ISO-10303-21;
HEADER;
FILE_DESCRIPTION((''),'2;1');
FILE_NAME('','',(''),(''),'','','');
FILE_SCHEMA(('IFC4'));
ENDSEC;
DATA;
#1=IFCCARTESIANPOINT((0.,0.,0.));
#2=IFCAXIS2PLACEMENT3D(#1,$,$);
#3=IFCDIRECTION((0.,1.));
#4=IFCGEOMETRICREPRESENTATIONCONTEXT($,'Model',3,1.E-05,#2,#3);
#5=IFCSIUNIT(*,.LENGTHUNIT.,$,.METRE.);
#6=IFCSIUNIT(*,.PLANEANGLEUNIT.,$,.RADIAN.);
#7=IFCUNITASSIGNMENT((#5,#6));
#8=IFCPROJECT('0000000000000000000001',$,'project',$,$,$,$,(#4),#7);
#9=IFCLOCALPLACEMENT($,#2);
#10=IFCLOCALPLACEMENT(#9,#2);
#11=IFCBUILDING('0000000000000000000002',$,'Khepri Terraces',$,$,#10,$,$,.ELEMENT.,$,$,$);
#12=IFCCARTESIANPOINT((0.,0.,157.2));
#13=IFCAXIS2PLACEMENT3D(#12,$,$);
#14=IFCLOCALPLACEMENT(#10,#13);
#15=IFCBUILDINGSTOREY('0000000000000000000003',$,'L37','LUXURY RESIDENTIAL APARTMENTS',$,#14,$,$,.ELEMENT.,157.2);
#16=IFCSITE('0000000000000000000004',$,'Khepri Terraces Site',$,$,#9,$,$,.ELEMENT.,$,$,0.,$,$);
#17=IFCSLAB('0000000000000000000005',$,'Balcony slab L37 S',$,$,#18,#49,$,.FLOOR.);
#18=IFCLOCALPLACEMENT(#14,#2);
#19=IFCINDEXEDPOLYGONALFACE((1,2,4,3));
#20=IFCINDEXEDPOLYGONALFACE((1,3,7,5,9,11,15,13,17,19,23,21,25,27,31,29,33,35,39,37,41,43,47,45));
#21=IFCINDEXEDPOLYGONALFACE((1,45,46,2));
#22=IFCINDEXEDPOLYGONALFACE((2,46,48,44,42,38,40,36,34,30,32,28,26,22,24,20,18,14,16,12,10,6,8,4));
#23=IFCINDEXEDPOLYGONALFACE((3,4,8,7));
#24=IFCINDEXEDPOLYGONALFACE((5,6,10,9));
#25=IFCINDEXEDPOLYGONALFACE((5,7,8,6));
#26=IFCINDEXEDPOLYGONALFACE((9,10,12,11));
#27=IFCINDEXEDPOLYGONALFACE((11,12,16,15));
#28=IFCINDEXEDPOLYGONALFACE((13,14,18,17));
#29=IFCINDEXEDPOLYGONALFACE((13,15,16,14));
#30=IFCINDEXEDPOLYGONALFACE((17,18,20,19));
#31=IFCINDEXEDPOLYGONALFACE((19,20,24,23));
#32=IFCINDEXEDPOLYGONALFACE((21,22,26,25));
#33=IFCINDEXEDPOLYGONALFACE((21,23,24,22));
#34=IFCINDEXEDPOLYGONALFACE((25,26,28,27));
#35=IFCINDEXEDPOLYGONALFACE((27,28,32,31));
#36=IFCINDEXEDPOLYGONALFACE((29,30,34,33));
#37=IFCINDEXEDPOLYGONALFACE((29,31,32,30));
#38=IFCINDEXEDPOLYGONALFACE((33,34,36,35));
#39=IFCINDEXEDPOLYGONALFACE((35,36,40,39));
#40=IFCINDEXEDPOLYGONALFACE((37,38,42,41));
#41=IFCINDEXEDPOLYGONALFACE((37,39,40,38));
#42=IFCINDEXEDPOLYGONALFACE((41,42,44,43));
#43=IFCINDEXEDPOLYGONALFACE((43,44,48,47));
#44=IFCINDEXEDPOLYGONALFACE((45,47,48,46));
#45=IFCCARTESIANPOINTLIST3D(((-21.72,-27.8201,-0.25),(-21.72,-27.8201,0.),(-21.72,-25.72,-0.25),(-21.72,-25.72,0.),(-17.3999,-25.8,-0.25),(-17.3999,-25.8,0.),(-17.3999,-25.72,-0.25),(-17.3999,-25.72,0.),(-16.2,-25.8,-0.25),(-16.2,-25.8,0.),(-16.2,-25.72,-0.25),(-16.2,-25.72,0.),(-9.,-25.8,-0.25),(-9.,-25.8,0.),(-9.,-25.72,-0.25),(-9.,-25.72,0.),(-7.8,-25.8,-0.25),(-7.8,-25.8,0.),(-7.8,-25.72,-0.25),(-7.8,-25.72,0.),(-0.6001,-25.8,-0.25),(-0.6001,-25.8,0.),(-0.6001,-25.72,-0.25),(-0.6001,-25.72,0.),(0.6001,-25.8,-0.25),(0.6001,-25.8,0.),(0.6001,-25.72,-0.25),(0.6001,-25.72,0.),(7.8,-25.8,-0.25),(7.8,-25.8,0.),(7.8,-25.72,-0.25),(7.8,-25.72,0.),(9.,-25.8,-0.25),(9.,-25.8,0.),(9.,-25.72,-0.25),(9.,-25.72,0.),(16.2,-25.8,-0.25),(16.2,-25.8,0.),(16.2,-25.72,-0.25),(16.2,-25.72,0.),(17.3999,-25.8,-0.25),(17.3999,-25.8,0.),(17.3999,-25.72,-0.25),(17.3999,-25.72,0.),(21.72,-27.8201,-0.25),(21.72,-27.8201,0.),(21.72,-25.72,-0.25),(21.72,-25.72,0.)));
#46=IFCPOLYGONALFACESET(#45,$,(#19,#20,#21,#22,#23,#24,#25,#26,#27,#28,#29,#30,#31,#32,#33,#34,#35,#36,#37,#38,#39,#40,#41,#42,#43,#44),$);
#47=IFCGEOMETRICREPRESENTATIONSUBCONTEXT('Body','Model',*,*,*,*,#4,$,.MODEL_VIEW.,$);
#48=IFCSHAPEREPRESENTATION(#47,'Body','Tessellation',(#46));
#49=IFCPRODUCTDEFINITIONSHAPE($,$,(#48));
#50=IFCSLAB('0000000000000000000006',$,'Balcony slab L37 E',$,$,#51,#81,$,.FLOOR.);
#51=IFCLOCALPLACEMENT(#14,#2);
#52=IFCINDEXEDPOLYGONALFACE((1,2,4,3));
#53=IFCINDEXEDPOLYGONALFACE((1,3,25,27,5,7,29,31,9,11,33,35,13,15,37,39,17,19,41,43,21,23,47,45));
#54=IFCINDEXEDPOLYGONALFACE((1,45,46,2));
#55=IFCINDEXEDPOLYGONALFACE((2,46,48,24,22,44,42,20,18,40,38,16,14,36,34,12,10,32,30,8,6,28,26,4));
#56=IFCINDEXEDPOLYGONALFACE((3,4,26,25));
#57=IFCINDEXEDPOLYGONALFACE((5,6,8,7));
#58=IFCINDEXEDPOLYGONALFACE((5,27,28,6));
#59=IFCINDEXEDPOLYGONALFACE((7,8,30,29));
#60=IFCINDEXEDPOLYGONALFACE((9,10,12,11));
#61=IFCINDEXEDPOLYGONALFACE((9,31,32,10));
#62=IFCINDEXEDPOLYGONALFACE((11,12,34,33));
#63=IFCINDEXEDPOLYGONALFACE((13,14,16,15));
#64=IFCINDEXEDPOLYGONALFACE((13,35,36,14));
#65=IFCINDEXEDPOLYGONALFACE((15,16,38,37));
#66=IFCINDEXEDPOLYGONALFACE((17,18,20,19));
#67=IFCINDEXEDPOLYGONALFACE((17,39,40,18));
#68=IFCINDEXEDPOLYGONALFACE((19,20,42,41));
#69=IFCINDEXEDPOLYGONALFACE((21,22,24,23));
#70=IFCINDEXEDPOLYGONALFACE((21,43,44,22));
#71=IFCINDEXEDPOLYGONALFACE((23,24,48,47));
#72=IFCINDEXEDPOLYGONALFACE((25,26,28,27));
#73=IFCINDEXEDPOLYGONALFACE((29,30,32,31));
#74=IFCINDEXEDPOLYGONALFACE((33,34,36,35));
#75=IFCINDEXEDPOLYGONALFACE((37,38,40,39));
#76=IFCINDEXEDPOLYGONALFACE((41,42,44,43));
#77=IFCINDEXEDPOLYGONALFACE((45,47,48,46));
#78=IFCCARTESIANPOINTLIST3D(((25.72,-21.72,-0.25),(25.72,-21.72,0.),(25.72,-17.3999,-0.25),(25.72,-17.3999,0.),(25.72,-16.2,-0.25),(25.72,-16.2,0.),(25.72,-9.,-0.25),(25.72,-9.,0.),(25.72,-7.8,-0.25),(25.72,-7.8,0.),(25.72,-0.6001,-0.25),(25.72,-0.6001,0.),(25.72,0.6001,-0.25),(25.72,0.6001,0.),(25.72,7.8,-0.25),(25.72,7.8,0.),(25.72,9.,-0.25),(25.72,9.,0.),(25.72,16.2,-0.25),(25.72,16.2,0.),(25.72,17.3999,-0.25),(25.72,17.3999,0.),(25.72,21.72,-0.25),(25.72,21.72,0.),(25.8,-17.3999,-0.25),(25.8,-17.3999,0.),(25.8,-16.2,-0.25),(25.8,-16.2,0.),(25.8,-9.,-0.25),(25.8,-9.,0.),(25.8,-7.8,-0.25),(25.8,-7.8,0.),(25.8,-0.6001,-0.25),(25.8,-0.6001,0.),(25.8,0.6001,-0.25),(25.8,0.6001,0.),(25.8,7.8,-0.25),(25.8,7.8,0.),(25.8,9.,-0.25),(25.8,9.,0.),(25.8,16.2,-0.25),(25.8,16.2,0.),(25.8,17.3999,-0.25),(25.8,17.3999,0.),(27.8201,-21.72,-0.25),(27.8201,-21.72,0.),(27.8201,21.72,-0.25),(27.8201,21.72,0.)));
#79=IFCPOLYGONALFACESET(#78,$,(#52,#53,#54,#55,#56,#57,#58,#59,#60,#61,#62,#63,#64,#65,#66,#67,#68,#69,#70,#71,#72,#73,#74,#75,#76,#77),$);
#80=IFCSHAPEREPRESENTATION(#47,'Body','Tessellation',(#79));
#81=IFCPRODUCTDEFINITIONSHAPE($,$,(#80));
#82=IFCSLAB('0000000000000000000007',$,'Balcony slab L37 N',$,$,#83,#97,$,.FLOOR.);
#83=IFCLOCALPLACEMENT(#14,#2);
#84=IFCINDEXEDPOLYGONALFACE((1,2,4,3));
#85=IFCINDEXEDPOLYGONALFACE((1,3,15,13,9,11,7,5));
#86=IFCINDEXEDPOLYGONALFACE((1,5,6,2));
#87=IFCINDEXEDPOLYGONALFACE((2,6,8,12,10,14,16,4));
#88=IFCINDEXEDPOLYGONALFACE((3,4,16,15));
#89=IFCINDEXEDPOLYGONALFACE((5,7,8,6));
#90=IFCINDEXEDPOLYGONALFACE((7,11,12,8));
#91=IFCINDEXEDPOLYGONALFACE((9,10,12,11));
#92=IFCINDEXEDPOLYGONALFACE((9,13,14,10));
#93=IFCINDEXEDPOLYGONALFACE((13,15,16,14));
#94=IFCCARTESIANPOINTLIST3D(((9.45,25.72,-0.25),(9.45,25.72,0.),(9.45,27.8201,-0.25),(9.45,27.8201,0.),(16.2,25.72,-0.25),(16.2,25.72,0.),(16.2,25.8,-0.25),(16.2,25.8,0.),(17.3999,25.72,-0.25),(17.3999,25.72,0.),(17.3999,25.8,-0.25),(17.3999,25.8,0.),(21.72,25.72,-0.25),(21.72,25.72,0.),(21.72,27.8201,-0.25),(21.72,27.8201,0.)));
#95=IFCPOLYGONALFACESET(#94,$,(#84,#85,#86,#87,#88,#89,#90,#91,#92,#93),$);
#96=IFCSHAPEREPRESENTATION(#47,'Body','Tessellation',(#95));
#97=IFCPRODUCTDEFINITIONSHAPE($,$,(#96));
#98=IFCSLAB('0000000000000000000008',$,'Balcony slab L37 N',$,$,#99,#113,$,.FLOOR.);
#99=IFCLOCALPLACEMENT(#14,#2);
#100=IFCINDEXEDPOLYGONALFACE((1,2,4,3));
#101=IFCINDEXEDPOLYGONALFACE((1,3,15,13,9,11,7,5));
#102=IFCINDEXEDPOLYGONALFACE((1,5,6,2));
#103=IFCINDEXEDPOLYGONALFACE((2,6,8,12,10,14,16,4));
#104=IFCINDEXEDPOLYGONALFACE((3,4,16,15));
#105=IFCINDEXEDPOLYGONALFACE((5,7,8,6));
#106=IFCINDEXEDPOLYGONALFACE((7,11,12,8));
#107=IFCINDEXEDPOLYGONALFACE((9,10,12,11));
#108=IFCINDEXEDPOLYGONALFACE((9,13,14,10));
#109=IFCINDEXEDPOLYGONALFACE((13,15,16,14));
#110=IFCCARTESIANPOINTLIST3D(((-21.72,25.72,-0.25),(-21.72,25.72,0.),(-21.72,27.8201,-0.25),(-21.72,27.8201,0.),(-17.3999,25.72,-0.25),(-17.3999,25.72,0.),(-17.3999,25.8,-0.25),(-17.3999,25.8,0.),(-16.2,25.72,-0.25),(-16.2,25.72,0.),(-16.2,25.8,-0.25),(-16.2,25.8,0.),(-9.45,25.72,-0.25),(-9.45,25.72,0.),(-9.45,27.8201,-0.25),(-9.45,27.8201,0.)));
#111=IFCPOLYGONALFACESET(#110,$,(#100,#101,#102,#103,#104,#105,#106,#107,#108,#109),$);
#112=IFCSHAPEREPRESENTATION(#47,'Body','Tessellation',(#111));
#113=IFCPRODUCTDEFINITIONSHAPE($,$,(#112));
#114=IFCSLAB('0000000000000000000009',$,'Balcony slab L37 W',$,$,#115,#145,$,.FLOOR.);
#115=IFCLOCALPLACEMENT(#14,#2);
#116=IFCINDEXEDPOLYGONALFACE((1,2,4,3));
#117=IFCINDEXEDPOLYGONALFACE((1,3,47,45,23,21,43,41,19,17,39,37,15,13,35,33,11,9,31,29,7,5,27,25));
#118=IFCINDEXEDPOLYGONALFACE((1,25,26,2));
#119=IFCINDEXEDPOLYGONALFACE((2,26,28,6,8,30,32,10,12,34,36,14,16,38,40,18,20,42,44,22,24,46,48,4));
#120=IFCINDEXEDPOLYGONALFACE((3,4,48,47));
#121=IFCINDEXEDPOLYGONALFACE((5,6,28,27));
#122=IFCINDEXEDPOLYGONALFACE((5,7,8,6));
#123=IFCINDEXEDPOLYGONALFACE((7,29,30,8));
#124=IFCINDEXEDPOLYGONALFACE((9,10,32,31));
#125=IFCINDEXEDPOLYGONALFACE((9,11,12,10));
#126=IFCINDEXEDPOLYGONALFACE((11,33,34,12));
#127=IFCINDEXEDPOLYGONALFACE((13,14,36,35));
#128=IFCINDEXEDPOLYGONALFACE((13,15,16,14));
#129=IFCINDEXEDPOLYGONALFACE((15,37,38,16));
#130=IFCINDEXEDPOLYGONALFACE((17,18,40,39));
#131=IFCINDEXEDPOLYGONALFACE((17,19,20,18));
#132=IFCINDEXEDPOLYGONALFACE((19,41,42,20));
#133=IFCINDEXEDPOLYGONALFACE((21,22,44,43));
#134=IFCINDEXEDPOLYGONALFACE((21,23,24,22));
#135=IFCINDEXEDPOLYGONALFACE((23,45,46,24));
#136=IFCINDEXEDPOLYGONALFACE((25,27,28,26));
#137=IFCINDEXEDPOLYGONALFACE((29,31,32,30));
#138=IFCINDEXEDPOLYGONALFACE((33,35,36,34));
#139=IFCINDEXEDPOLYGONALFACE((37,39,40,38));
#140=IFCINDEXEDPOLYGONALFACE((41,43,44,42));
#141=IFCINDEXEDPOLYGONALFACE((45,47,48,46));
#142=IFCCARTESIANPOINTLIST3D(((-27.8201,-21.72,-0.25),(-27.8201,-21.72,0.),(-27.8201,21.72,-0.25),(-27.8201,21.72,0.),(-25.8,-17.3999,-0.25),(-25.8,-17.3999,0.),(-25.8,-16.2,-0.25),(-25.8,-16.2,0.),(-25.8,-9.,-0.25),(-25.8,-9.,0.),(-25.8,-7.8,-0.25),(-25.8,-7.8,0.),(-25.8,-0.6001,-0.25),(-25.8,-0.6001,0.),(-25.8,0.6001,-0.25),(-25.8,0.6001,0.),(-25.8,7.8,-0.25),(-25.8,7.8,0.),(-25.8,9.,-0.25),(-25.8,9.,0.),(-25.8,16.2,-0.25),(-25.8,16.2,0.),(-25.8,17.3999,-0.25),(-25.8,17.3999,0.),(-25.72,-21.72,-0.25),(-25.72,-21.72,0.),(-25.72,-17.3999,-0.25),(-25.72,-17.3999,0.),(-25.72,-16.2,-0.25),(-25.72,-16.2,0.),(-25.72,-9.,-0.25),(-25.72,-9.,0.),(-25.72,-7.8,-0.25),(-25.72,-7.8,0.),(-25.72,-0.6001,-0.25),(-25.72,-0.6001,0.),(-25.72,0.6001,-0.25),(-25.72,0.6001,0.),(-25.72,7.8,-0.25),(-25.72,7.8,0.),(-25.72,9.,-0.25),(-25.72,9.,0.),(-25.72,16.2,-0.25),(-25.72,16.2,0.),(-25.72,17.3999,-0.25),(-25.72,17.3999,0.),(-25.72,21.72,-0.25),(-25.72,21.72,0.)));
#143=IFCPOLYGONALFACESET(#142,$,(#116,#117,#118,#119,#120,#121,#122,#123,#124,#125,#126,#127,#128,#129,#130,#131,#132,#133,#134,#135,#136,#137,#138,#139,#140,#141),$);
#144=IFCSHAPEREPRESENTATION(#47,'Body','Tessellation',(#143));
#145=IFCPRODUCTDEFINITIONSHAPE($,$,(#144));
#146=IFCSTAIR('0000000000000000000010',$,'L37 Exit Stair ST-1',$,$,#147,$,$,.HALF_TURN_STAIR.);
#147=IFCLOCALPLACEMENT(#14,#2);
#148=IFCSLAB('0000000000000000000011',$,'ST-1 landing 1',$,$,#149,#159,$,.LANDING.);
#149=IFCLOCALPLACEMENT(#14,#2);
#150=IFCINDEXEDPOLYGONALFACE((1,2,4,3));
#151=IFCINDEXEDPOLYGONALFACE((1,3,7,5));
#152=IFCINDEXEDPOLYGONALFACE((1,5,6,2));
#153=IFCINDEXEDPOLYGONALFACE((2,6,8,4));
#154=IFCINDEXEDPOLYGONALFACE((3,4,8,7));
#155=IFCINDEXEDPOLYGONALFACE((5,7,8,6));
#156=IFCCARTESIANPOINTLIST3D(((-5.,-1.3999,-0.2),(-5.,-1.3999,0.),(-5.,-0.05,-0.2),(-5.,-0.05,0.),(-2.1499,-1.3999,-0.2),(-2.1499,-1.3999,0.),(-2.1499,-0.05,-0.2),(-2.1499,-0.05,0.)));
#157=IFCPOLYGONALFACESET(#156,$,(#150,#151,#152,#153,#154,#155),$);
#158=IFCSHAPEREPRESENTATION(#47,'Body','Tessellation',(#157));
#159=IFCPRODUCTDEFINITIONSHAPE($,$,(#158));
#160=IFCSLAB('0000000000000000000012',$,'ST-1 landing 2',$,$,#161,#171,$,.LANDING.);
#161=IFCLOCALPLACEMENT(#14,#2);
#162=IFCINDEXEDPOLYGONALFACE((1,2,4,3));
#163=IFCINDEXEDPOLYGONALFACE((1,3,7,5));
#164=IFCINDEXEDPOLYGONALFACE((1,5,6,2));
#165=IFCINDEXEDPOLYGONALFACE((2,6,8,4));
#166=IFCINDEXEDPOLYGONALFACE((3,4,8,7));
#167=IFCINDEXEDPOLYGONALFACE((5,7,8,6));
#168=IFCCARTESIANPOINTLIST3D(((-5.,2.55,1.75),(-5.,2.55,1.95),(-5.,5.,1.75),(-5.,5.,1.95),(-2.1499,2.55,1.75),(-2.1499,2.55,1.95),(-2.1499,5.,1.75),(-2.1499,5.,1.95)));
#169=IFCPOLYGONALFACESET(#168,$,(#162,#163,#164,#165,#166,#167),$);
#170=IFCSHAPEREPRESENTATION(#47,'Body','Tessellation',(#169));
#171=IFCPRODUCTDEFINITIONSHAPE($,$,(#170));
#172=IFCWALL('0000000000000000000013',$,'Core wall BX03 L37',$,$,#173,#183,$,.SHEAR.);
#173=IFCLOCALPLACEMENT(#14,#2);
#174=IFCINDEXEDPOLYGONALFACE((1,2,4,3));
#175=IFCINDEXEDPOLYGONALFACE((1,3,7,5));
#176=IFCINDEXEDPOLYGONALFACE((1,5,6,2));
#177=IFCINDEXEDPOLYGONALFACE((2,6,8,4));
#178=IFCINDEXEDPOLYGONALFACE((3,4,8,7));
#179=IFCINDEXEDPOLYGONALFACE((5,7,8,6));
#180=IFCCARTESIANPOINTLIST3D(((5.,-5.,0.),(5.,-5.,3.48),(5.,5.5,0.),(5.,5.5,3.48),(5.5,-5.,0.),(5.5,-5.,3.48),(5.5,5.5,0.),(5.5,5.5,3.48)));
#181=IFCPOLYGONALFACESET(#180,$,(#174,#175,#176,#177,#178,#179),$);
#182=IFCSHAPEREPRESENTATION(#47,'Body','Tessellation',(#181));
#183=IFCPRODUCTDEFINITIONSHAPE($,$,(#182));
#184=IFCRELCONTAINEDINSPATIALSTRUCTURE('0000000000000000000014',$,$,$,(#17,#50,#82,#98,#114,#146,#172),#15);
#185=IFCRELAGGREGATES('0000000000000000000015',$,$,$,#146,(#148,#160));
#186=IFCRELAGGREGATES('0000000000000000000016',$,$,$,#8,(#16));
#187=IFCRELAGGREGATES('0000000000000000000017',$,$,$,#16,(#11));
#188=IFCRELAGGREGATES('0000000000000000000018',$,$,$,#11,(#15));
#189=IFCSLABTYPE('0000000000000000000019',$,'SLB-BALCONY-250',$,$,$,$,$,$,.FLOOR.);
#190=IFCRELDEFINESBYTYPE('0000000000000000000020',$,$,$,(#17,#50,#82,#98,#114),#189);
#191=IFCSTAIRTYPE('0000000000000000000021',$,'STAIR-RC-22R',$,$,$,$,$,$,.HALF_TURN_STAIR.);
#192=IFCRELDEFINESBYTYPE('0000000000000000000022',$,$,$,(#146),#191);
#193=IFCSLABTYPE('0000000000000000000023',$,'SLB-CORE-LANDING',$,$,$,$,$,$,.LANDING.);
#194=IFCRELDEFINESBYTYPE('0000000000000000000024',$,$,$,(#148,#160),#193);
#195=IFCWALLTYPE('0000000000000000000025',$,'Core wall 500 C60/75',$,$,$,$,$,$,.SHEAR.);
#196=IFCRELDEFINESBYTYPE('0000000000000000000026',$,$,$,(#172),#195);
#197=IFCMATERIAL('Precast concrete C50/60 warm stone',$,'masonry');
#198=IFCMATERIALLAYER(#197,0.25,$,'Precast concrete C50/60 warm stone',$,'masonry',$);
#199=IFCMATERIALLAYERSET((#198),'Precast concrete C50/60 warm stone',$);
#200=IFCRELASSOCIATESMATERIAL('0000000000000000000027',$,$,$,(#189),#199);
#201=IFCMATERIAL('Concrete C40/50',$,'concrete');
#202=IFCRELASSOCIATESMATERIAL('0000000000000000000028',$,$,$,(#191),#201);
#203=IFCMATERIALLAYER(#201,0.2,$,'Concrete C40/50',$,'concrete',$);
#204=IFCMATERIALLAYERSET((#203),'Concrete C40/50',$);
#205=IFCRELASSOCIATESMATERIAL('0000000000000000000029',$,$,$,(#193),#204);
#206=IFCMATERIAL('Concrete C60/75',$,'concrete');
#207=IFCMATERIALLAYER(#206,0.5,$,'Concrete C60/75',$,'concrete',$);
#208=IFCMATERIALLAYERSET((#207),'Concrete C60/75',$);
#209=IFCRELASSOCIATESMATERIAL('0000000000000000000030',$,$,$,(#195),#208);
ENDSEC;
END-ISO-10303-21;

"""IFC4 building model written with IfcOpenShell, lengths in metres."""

from ifc_helpers import new_model, si_unit, direction, frame, frame_2d, origin, place, context, subcontext, project, spatial, polyline, rectangle, outline, extrude, material, layer, layer_set, type_object, element, aggregate, save


model = new_model("IFC4")

# Units and contexts
model_context = context("Model", 3, precision=1e-05, world=origin(), true_north=direction((0.0, 1.0)))
body_context = subcontext(model_context, "Body", "Model", "MODEL_VIEW")
ifc_project = project(units=[si_unit("LENGTHUNIT", "METRE"), si_unit("PLANEANGLEUNIT", "RADIAN")], contexts=[model_context])

# Site, building, storey
site_placement = place(None, origin())
site = spatial("IfcSite", under=ifc_project, at=site_placement, Name="Khepri Terraces Site", CompositionType="ELEMENT", RefElevation=0.0)
building_placement = place(site_placement, origin())
building = spatial("IfcBuilding", under=site, at=building_placement, Name="Khepri Terraces", CompositionType="ELEMENT")
storey_placement = place(building_placement, frame((0.0, 0.0, 157.2)))
storey = spatial("IfcBuildingStorey", under=building, at=storey_placement, Name="L37", Description="LUXURY RESIDENTIAL APARTMENTS", CompositionType="ELEMENT", Elevation=157.2)

# Slabs
ifc_material_1 = material(Name="Precast concrete C50/60 warm stone", Category="masonry")
ifc_layer_1 = layer(ifc_material_1, 0.25, Name="Precast concrete C50/60 warm stone", Category="masonry")
ifc_layer_set_1 = layer_set([ifc_layer_1], Name="Precast concrete C50/60 warm stone")
slab_type_1 = type_object("IfcSlabType", Name="SLB-BALCONY-250", PredefinedType="FLOOR", material=ifc_layer_set_1)
slab_1_placement = place(storey_placement, frame((0.0, 0.0, -0.25)))
element("IfcSlab", 1, at=slab_1_placement, inside=storey, type_object=slab_type_1, Name="Balcony slab L37 S", PredefinedType="FLOOR", context=body_context, shape_type="SweptSolid", body=[
    extrude(outline(polyline([(-17.3999, -25.72), (-21.72, -25.72), (-21.72, -27.8201), (21.72, -27.8201), (21.72, -25.72), (17.3999, -25.72), (17.3999, -25.8), (16.2, -25.8), (16.2, -25.72), (9.0, -25.72), (9.0, -25.8), (7.8, -25.8), (7.8, -25.72), (0.6001, -25.72), (0.6001, -25.8), (-0.6001, -25.8), (-0.6001, -25.72), (-7.8, -25.72), (-7.8, -25.8), (-9.0, -25.8), (-9.0, -25.72), (-16.2, -25.72), (-16.2, -25.8), (-17.3999, -25.8), (-17.3999, -25.72)])), origin(), (0.0, 0.0, 1.0), 0.25),
])
slab_2_placement = place(storey_placement, frame((0.0, 0.0, -0.25)))
element("IfcSlab", 2, at=slab_2_placement, inside=storey, type_object=slab_type_1, Name="Balcony slab L37 E", PredefinedType="FLOOR", context=body_context, shape_type="SweptSolid", body=[
    extrude(outline(polyline([(25.72, -17.3999), (25.72, -21.72), (27.8201, -21.72), (27.8201, 21.72), (25.72, 21.72), (25.72, 17.3999), (25.8, 17.3999), (25.8, 16.2), (25.72, 16.2), (25.72, 9.0), (25.8, 9.0), (25.8, 7.8), (25.72, 7.8), (25.72, 0.6001), (25.8, 0.6001), (25.8, -0.6001), (25.72, -0.6001), (25.72, -7.8), (25.8, -7.8), (25.8, -9.0), (25.72, -9.0), (25.72, -16.2), (25.8, -16.2), (25.8, -17.3999), (25.72, -17.3999)])), origin(), (0.0, 0.0, 1.0), 0.25),
])
slab_3_placement = place(storey_placement, frame((0.0, 0.0, -0.25)))
element("IfcSlab", 3, at=slab_3_placement, inside=storey, type_object=slab_type_1, Name="Balcony slab L37 N", PredefinedType="FLOOR", context=body_context, shape_type="SweptSolid", body=[
    extrude(outline(polyline([(17.3999, 25.72), (21.72, 25.72), (21.72, 27.8201), (9.45, 27.8201), (9.45, 25.72), (16.2, 25.72), (16.2, 25.8), (17.3999, 25.8), (17.3999, 25.72)])), origin(), (0.0, 0.0, 1.0), 0.25),
])
slab_4_placement = place(storey_placement, frame((0.0, 0.0, -0.25)))
element("IfcSlab", 4, at=slab_4_placement, inside=storey, type_object=slab_type_1, Name="Balcony slab L37 N", PredefinedType="FLOOR", context=body_context, shape_type="SweptSolid", body=[
    extrude(outline(polyline([(-16.2, 25.72), (-9.45, 25.72), (-9.45, 27.8201), (-21.72, 27.8201), (-21.72, 25.72), (-17.3999, 25.72), (-17.3999, 25.8), (-16.2, 25.8), (-16.2, 25.72)])), origin(), (0.0, 0.0, 1.0), 0.25),
])
slab_5_placement = place(storey_placement, frame((0.0, 0.0, -0.25)))
element("IfcSlab", 5, at=slab_5_placement, inside=storey, type_object=slab_type_1, Name="Balcony slab L37 W", PredefinedType="FLOOR", context=body_context, shape_type="SweptSolid", body=[
    extrude(outline(polyline([(-25.72, 17.3999), (-25.72, 21.72), (-27.8201, 21.72), (-27.8201, -21.72), (-25.72, -21.72), (-25.72, -17.3999), (-25.8, -17.3999), (-25.8, -16.2), (-25.72, -16.2), (-25.72, -9.0), (-25.8, -9.0), (-25.8, -7.8), (-25.72, -7.8), (-25.72, -0.6001), (-25.8, -0.6001), (-25.8, 0.6001), (-25.72, 0.6001), (-25.72, 7.8), (-25.8, 7.8), (-25.8, 9.0), (-25.72, 9.0), (-25.72, 16.2), (-25.8, 16.2), (-25.8, 17.3999), (-25.72, 17.3999)])), origin(), (0.0, 0.0, 1.0), 0.25),
])

# Stair, slabs
ifc_material_2 = material(Name="Concrete C40/50", Category="concrete")
stair_type = type_object("IfcStairType", Name="STAIR-RC-22R", PredefinedType="HALF_TURN_STAIR", material=ifc_material_2)
stair_1_placement = place(storey_placement, origin())
stair_1 = element("IfcStair", 6, at=stair_1_placement, inside=storey, type_object=stair_type, Name="L37 Exit Stair ST-1", PredefinedType="HALF_TURN_STAIR")
ifc_layer_2 = layer(ifc_material_2, 0.2, Name="Concrete C40/50", Category="concrete")
ifc_layer_set_2 = layer_set([ifc_layer_2], Name="Concrete C40/50")
slab_type_2 = type_object("IfcSlabType", Name="SLB-CORE-LANDING", PredefinedType="LANDING", material=ifc_layer_set_2)
slab_6_placement = place(storey_placement, frame((0.0, 0.0, -0.2)))
slab_6 = element("IfcSlab", 7, at=slab_6_placement, type_object=slab_type_2, Name="ST-1 landing 1", PredefinedType="LANDING", context=body_context, shape_type="SweptSolid", body=[
    extrude(outline(polyline([(-2.1499, -1.3999), (-2.1499, -0.05), (-5.0, -0.05), (-5.0, -1.3999), (-2.1499, -1.3999)])), origin(), (0.0, 0.0, 1.0), 0.2),
])
slab_7_placement = place(storey_placement, frame((0.0, 0.0, 1.75)))
slab_7 = element("IfcSlab", 8, at=slab_7_placement, type_object=slab_type_2, Name="ST-1 landing 2", PredefinedType="LANDING", context=body_context, shape_type="SweptSolid", body=[
    extrude(outline(polyline([(-2.1499, 2.55), (-2.1499, 5.0), (-5.0, 5.0), (-5.0, 2.55), (-2.1499, 2.55)])), origin(), (0.0, 0.0, 1.0), 0.2),
])
aggregate(stair_1, [slab_6, slab_7])

# Wall
ifc_material_3 = material(Name="Concrete C60/75", Category="concrete")
ifc_layer_3 = layer(ifc_material_3, 0.5, Name="Concrete C60/75", Category="concrete")
ifc_layer_set_3 = layer_set([ifc_layer_3], Name="Concrete C60/75")
wall_type = type_object("IfcWallType", Name="Core wall 500 C60/75", PredefinedType="SHEAR", material=ifc_layer_set_3)
wall_placement = place(storey_placement, frame((5.25, -5.0, 0.0), z_axis=(0.0, 0.0, 1.0), x_axis=(0.0, 1.0, 0.0)))
element("IfcWall", 9, at=wall_placement, inside=storey, type_object=wall_type, Name="Core wall BX03 L37", PredefinedType="SHEAR", context=body_context, shape_type="SweptSolid", body=[
    extrude(rectangle(XDim=10.5, YDim=0.5, at=frame_2d((5.25, 0.0))), origin(), (0.0, 0.0, 1.0), 3.48),
])

save(model, "model.ifc")
